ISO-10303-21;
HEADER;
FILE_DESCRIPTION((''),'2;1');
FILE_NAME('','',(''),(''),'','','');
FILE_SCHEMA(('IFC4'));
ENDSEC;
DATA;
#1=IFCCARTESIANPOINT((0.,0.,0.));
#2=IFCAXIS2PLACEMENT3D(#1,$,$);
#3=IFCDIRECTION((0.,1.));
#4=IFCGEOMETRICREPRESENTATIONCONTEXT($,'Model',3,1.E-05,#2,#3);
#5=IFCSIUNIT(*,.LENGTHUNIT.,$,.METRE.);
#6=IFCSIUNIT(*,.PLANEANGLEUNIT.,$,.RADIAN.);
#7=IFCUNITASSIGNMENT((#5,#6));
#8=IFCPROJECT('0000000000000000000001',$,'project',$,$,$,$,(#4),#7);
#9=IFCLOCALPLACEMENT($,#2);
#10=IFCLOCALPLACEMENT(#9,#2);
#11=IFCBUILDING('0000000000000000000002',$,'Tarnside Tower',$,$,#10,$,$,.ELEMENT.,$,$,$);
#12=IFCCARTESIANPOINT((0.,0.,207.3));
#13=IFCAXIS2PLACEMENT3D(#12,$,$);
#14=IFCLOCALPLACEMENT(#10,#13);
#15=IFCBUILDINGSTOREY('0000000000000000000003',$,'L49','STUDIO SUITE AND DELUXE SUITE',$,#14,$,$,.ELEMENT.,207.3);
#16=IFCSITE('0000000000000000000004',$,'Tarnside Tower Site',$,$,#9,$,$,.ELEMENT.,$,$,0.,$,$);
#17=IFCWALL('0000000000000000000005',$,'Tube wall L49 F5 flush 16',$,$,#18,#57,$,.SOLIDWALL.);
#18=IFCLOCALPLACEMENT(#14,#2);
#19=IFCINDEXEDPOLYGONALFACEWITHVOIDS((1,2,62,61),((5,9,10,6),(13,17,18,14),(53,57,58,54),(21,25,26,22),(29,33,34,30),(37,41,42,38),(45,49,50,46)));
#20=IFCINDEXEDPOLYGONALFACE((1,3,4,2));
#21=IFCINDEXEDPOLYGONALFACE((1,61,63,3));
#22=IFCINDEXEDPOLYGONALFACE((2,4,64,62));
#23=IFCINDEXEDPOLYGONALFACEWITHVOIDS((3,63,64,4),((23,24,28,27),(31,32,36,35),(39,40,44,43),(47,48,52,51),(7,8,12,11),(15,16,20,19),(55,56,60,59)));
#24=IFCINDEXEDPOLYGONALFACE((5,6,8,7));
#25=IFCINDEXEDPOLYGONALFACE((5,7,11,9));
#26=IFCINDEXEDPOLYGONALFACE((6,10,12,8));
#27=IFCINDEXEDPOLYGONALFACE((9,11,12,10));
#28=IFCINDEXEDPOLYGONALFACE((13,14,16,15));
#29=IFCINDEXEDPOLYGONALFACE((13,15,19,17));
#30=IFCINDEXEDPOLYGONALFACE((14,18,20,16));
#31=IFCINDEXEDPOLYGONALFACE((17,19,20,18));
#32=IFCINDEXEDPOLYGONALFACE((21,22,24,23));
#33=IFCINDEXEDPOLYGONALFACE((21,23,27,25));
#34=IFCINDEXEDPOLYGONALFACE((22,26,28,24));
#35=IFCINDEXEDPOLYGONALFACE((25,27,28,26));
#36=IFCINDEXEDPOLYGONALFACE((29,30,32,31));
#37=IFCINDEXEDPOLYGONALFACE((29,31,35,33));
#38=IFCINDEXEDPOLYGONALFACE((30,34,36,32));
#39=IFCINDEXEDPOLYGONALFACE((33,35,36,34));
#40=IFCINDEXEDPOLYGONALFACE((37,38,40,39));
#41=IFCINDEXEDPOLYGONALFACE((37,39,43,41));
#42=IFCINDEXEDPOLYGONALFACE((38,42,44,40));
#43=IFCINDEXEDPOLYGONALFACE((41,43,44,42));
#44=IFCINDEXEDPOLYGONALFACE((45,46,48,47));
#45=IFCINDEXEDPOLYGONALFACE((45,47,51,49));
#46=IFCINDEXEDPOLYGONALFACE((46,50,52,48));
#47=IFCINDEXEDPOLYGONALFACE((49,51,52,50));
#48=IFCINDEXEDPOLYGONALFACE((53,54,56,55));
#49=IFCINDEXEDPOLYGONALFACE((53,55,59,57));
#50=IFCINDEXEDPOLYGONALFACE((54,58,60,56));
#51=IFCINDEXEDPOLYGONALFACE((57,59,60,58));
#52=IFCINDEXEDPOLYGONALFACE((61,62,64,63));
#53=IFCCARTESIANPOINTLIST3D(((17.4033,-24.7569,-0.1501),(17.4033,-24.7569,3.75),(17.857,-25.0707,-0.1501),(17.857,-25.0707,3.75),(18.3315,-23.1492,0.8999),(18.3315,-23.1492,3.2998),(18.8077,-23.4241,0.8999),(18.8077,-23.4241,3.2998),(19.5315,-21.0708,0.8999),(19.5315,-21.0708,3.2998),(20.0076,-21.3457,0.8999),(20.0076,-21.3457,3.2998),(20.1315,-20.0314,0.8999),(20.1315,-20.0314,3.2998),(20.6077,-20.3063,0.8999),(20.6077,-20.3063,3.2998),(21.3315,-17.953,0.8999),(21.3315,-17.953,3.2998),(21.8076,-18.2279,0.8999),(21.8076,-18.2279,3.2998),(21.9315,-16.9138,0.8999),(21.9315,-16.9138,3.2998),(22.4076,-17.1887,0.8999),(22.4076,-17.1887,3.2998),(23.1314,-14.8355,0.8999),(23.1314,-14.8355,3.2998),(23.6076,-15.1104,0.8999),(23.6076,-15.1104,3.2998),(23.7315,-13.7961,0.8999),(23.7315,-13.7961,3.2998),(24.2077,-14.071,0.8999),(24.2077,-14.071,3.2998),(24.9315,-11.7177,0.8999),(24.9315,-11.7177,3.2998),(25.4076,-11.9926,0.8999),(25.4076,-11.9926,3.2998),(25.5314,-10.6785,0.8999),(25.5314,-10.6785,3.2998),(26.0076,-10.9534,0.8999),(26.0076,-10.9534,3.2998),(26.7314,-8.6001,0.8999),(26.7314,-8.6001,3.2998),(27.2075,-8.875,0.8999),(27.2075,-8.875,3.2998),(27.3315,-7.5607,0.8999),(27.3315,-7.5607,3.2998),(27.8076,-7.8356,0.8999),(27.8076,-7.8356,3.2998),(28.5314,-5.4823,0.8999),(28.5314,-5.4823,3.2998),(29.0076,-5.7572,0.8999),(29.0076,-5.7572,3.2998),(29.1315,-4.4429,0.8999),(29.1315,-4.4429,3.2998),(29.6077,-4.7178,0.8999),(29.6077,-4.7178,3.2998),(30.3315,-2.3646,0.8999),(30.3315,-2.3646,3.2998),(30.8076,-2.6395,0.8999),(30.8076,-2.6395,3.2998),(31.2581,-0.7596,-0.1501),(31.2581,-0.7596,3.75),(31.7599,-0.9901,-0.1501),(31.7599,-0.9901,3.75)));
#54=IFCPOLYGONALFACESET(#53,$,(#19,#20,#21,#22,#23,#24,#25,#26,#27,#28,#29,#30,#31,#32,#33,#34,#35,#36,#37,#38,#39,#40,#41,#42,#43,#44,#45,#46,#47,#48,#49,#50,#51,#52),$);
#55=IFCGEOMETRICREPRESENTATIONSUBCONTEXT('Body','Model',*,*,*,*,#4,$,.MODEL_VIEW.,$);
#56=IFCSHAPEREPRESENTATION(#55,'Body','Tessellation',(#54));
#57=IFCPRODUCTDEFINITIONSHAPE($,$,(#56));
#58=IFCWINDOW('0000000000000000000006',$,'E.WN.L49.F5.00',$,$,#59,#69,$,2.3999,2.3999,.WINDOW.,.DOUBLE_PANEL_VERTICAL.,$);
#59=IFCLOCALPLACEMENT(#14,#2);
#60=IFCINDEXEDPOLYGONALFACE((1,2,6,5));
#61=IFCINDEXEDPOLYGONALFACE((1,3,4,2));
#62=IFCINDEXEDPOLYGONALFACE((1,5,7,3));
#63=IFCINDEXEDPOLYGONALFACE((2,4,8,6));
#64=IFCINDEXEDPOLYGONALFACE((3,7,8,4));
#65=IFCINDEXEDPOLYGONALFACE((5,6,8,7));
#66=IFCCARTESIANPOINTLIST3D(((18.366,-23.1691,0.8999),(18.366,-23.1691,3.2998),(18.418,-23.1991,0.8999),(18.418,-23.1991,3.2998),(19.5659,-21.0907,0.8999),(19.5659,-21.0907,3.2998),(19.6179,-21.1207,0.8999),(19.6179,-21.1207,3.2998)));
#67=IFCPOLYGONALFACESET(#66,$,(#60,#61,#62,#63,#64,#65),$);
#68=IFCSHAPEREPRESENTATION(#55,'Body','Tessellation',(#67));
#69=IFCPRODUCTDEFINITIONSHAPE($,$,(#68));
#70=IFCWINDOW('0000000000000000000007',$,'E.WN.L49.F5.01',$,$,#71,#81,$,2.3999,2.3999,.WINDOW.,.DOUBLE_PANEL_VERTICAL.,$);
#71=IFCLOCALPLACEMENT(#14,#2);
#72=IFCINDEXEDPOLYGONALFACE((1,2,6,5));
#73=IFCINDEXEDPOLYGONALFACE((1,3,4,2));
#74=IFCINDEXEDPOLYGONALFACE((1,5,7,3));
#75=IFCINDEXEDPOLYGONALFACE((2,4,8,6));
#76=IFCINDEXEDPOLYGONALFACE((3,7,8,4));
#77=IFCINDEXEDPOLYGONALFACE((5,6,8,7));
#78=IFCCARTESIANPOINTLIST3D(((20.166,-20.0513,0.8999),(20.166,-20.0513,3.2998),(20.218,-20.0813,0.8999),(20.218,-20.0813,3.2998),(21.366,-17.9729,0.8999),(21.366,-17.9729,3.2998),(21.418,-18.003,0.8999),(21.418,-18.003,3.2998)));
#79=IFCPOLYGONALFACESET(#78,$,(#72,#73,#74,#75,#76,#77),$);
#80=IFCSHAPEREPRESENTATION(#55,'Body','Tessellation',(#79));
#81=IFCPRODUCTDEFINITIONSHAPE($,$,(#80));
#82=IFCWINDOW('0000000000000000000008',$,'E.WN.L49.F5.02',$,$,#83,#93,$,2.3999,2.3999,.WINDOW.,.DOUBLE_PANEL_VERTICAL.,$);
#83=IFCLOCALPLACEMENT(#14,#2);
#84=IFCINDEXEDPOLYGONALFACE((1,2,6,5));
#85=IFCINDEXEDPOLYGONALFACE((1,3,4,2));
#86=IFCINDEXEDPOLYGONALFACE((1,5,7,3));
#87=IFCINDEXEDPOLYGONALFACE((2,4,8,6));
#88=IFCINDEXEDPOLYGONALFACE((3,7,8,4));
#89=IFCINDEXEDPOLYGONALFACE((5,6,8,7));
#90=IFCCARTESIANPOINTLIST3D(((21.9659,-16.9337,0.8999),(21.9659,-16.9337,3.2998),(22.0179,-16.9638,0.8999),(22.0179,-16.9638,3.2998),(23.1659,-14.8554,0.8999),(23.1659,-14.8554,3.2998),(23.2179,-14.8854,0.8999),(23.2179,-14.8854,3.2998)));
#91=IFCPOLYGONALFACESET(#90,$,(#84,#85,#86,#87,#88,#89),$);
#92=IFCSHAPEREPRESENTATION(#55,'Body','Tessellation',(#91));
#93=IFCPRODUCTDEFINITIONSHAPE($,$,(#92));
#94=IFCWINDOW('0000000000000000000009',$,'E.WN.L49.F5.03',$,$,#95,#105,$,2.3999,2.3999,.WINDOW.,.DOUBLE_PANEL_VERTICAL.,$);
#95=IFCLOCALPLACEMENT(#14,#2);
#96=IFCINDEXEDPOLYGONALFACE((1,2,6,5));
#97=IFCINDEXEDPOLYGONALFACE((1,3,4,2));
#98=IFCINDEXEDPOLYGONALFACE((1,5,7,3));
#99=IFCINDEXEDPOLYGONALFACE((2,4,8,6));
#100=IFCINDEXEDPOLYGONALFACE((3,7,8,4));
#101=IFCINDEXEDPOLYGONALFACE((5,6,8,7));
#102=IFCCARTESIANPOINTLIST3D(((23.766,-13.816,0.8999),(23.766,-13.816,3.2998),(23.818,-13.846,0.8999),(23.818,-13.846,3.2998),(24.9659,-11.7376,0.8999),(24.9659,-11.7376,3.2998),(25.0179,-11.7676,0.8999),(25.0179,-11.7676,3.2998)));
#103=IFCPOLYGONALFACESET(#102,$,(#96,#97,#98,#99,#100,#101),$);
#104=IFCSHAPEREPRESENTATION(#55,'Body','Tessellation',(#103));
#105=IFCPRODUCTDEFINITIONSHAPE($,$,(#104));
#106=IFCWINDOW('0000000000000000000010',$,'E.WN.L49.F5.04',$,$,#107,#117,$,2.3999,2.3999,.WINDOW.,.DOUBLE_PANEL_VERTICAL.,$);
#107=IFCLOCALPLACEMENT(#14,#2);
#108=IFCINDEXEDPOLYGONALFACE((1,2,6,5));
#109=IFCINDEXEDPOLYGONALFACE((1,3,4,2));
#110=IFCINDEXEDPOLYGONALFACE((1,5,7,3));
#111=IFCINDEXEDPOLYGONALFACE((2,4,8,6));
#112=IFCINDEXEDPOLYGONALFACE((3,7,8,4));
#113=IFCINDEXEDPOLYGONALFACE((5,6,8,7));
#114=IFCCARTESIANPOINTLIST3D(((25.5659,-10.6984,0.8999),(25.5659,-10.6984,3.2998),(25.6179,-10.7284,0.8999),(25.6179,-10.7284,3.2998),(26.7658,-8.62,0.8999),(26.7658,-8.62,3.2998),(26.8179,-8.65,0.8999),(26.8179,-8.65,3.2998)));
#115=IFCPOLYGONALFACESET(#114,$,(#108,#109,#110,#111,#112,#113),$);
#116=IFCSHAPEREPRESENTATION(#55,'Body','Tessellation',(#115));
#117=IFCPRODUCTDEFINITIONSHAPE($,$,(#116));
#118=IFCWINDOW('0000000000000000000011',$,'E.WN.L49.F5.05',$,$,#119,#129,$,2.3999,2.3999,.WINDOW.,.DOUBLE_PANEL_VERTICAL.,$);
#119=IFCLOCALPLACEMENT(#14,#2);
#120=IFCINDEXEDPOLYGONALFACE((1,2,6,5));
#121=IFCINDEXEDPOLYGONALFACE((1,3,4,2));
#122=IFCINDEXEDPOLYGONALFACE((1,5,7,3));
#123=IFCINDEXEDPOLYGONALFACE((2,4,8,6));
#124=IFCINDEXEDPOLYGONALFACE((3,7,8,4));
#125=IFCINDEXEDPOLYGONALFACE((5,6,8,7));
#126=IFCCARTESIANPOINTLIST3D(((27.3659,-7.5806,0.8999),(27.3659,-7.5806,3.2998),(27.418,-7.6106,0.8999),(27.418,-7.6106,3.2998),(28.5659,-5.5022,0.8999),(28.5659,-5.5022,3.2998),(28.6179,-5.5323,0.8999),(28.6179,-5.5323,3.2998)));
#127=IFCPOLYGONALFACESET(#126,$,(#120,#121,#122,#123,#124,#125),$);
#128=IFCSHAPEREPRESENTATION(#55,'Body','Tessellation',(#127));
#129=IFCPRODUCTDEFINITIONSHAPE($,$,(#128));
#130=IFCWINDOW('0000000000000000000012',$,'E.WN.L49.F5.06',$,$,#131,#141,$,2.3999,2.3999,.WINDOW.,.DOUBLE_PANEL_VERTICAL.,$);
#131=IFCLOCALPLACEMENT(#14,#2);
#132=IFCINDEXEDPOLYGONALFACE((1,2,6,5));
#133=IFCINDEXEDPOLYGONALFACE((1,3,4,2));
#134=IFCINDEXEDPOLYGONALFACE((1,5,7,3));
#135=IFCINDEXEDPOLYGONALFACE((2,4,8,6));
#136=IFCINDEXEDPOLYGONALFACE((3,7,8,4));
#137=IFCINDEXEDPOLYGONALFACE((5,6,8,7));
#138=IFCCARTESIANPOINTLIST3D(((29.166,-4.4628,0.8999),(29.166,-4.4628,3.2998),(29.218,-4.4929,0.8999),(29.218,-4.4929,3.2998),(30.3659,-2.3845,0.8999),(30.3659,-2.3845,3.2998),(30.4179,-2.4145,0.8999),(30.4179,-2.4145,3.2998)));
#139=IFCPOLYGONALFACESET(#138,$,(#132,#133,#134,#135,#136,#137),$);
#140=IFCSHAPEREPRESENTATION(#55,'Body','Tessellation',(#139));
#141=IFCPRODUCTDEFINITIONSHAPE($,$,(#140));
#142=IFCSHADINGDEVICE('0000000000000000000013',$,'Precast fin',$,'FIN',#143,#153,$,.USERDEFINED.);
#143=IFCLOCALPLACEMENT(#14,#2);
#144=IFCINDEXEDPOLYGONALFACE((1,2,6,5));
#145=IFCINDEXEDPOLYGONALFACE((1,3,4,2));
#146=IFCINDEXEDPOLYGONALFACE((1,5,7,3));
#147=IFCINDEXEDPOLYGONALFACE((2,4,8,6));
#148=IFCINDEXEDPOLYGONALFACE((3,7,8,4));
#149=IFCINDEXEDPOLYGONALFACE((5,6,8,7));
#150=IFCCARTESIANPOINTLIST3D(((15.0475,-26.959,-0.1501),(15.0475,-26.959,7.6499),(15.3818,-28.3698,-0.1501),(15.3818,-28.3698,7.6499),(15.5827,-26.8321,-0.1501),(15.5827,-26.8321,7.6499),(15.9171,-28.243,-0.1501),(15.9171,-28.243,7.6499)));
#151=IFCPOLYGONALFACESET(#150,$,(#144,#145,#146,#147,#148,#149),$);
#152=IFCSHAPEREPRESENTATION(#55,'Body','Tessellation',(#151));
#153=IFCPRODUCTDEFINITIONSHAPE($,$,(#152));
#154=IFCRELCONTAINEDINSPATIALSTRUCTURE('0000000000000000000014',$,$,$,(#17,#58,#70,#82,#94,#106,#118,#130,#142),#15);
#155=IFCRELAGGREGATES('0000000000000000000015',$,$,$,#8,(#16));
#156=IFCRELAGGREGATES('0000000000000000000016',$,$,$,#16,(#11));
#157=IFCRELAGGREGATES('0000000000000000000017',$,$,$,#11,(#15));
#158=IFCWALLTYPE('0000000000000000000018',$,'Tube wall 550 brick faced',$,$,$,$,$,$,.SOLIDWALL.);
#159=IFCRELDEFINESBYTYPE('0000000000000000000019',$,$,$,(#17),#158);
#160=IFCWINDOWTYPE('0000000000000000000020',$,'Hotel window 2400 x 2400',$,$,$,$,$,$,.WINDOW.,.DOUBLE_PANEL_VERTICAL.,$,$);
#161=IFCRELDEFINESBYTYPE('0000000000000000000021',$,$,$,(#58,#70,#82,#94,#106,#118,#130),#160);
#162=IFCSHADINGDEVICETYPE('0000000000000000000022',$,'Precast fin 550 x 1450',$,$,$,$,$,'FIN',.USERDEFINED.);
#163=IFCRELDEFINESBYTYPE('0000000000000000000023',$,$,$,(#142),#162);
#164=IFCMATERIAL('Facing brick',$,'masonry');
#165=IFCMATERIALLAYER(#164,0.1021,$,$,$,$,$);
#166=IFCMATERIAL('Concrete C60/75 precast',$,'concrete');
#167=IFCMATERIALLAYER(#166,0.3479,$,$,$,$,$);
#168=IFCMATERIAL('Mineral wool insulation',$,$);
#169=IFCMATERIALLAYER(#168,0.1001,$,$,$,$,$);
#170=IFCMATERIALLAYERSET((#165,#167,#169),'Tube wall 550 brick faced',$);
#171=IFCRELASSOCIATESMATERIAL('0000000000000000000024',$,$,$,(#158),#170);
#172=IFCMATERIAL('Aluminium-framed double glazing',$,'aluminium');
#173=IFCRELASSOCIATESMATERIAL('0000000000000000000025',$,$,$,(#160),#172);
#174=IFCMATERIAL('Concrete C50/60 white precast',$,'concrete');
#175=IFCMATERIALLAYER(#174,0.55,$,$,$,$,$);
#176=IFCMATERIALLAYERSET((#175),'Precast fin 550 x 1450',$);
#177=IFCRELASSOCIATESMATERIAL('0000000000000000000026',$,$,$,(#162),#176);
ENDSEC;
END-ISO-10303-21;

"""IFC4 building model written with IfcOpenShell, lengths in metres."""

from ifc_helpers import new_model, si_unit, direction, frame, frame_2d, origin, place, context, subcontext, project, spatial, polyline, rectangle, outline, extrude, material, layer, layer_set, type_object, element, fill, save


model = new_model("IFC4")

# Units and contexts
model_context = context("Model", 3, precision=1e-05, world=origin(), true_north=direction((0.0, 1.0)))
body_context = subcontext(model_context, "Body", "Model", "MODEL_VIEW")
ifc_project = project(units=[si_unit("LENGTHUNIT", "METRE"), si_unit("PLANEANGLEUNIT", "RADIAN")], contexts=[model_context])

# Site, building, storey
site_placement = place(None, origin())
site = spatial("IfcSite", under=ifc_project, at=site_placement, Name="Tarnside Tower Site", CompositionType="ELEMENT", RefElevation=0.0)
building_placement = place(site_placement, origin())
building = spatial("IfcBuilding", under=site, at=building_placement, Name="Tarnside Tower", CompositionType="ELEMENT")
storey_placement = place(building_placement, frame((0.0, 0.0, 207.3)))
storey = spatial("IfcBuildingStorey", under=building, at=storey_placement, Name="L49", Description="STUDIO SUITE AND DELUXE SUITE", CompositionType="ELEMENT", Elevation=207.3)

# Shared definitions
ifc_material_1 = material(Name="Facing brick", Category="masonry")
ifc_layer_1 = layer(ifc_material_1, 0.1021)
ifc_material_2 = material(Name="Concrete C60/75 precast", Category="concrete")
ifc_layer_2 = layer(ifc_material_2, 0.3479)
ifc_material_3 = material(Name="Mineral wool insulation")
ifc_layer_3 = layer(ifc_material_3, 0.1001)
ifc_layer_set_1 = layer_set([ifc_layer_1, ifc_layer_2, ifc_layer_3], Name="Tube wall 550 brick faced")
wall_type_1 = type_object("IfcWallType", Name="Tube wall 550 brick faced", PredefinedType="SOLIDWALL", material=ifc_layer_set_1)

# Wall, openings, windows
wall_1_placement = place(storey_placement, frame((17.6301, -24.9138, -0.1501), z_axis=(0.0, 0.0, 1.0), x_axis=(0.499999, 0.866026, 0.0)))
wall_1 = element("IfcWall", 1, at=wall_1_placement, inside=storey, type_object=wall_type_1, Name="Tube wall L49 F5 flush 16", PredefinedType="SOLIDWALL", context=body_context, shape_type="SweptSolid", body=[
    extrude(outline(polyline([(-0.0225, -0.2749), (27.7834, -0.2749), (27.7322, 0.2749), (0.0225, 0.2749), (-0.0225, -0.2749)])), origin(), (0.0, 0.0, 1.0), 3.9001),
])
opening_1_placement = place(wall_1_placement, frame((1.8789, 0.0, 1.05)))
opening_1 = element("IfcOpeningElement", 2, at=opening_1_placement, cuts=wall_1, PredefinedType="OPENING", context=body_context, shape_type="SweptSolid", body=[
    extrude(rectangle(XDim=2.3999, YDim=2.3999, at=frame_2d((1.2, 1.2))), frame((0.0, 0.2852, 0.0), z_axis=(0.0, -1.0, 0.0), x_axis=(1.0, 0.0, 0.0)), (0.0, 0.0, 1.0), 0.5701),
])
opening_2_placement = place(wall_1_placement, frame((5.479, 0.0, 1.05)))
opening_2 = element("IfcOpeningElement", 3, at=opening_2_placement, cuts=wall_1, PredefinedType="OPENING", context=body_context, shape_type="SweptSolid", body=[
    extrude(rectangle(XDim=2.3999, YDim=2.3999, at=frame_2d((1.2, 1.2))), frame((0.0, 0.2852, 0.0), z_axis=(0.0, -1.0, 0.0), x_axis=(1.0, 0.0, 0.0)), (0.0, 0.0, 1.0), 0.5701),
])
opening_3_placement = place(wall_1_placement, frame((9.0789, 0.0, 1.05)))
opening_3 = element("IfcOpeningElement", 4, at=opening_3_placement, cuts=wall_1, PredefinedType="OPENING", context=body_context, shape_type="SweptSolid", body=[
    extrude(rectangle(XDim=2.3999, YDim=2.3999, at=frame_2d((1.2, 1.2))), frame((0.0, 0.2852, 0.0), z_axis=(0.0, -1.0, 0.0), x_axis=(1.0, 0.0, 0.0)), (0.0, 0.0, 1.0), 0.5701),
])
opening_4_placement = place(wall_1_placement, frame((12.679, 0.0, 1.05)))
opening_4 = element("IfcOpeningElement", 5, at=opening_4_placement, cuts=wall_1, PredefinedType="OPENING", context=body_context, shape_type="SweptSolid", body=[
    extrude(rectangle(XDim=2.3999, YDim=2.3999, at=frame_2d((1.2, 1.2))), frame((0.0, 0.2852, 0.0), z_axis=(0.0, -1.0, 0.0), x_axis=(1.0, 0.0, 0.0)), (0.0, 0.0, 1.0), 0.5701),
])
opening_5_placement = place(wall_1_placement, frame((16.2788, 0.0, 1.05)))
opening_5 = element("IfcOpeningElement", 6, at=opening_5_placement, cuts=wall_1, PredefinedType="OPENING", context=body_context, shape_type="SweptSolid", body=[
    extrude(rectangle(XDim=2.3999, YDim=2.3999, at=frame_2d((1.2, 1.2))), frame((0.0, 0.2852, 0.0), z_axis=(0.0, -1.0, 0.0), x_axis=(1.0, 0.0, 0.0)), (0.0, 0.0, 1.0), 0.5701),
])
opening_6_placement = place(wall_1_placement, frame((19.8789, 0.0, 1.05)))
opening_6 = element("IfcOpeningElement", 7, at=opening_6_placement, cuts=wall_1, PredefinedType="OPENING", context=body_context, shape_type="SweptSolid", body=[
    extrude(rectangle(XDim=2.3999, YDim=2.3999, at=frame_2d((1.2, 1.2))), frame((0.0, 0.2852, 0.0), z_axis=(0.0, -1.0, 0.0), x_axis=(1.0, 0.0, 0.0)), (0.0, 0.0, 1.0), 0.5701),
])
opening_7_placement = place(wall_1_placement, frame((23.479, 0.0, 1.05)))
opening_7 = element("IfcOpeningElement", 8, at=opening_7_placement, cuts=wall_1, PredefinedType="OPENING", context=body_context, shape_type="SweptSolid", body=[
    extrude(rectangle(XDim=2.3999, YDim=2.3999, at=frame_2d((1.2, 1.2))), frame((0.0, 0.2852, 0.0), z_axis=(0.0, -1.0, 0.0), x_axis=(1.0, 0.0, 0.0)), (0.0, 0.0, 1.0), 0.5701),
])
ifc_material_4 = material(Name="Aluminium-framed double glazing", Category="aluminium")
window_type = type_object("IfcWindowType", Name="Hotel window 2400 x 2400", PartitioningType="DOUBLE_PANEL_VERTICAL", PredefinedType="WINDOW", material=ifc_material_4)
window_1_placement = place(opening_1_placement, frame((0.0, 0.2051, 0.0)))
window_1 = element("IfcWindow", 9, at=window_1_placement, inside=storey, type_object=window_type, Name="E.WN.L49.F5.00", OverallHeight=2.3999, OverallWidth=2.3999, PartitioningType="DOUBLE_PANEL_VERTICAL", PredefinedType="WINDOW", context=body_context, shape_type="SweptSolid", body=[
    extrude(rectangle(XDim=2.3999, YDim=2.3999, at=frame_2d((1.2, 1.2))), frame((0.0, 0.03, 0.0), z_axis=(0.0, -1.0, 0.0), x_axis=(1.0, 0.0, 0.0)), (0.0, 0.0, 1.0), 0.0601),
])
fill(opening_1, window_1)
window_2_placement = place(opening_2_placement, frame((0.0, 0.2051, 0.0)))
window_2 = element("IfcWindow", 10, at=window_2_placement, inside=storey, type_object=window_type, Name="E.WN.L49.F5.01", OverallHeight=2.3999, OverallWidth=2.3999, PartitioningType="DOUBLE_PANEL_VERTICAL", PredefinedType="WINDOW", context=body_context, shape_type="SweptSolid", body=[
    extrude(rectangle(XDim=2.3999, YDim=2.3999, at=frame_2d((1.2, 1.2))), frame((0.0, 0.03, 0.0), z_axis=(0.0, -1.0, 0.0), x_axis=(1.0, 0.0, 0.0)), (0.0, 0.0, 1.0), 0.0601),
])
fill(opening_2, window_2)
window_3_placement = place(opening_3_placement, frame((0.0, 0.2051, 0.0)))
window_3 = element("IfcWindow", 11, at=window_3_placement, inside=storey, type_object=window_type, Name="E.WN.L49.F5.02", OverallHeight=2.3999, OverallWidth=2.3999, PartitioningType="DOUBLE_PANEL_VERTICAL", PredefinedType="WINDOW", context=body_context, shape_type="SweptSolid", body=[
    extrude(rectangle(XDim=2.3999, YDim=2.3999, at=frame_2d((1.2, 1.2))), frame((0.0, 0.03, 0.0), z_axis=(0.0, -1.0, 0.0), x_axis=(1.0, 0.0, 0.0)), (0.0, 0.0, 1.0), 0.0601),
])
fill(opening_3, window_3)
window_4_placement = place(opening_4_placement, frame((0.0, 0.2051, 0.0)))
window_4 = element("IfcWindow", 12, at=window_4_placement, inside=storey, type_object=window_type, Name="E.WN.L49.F5.03", OverallHeight=2.3999, OverallWidth=2.3999, PartitioningType="DOUBLE_PANEL_VERTICAL", PredefinedType="WINDOW", context=body_context, shape_type="SweptSolid", body=[
    extrude(rectangle(XDim=2.3999, YDim=2.3999, at=frame_2d((1.2, 1.2))), frame((0.0, 0.03, 0.0), z_axis=(0.0, -1.0, 0.0), x_axis=(1.0, 0.0, 0.0)), (0.0, 0.0, 1.0), 0.0601),
])
fill(opening_4, window_4)
window_5_placement = place(opening_5_placement, frame((0.0, 0.2051, 0.0)))
window_5 = element("IfcWindow", 13, at=window_5_placement, inside=storey, type_object=window_type, Name="E.WN.L49.F5.04", OverallHeight=2.3999, OverallWidth=2.3999, PartitioningType="DOUBLE_PANEL_VERTICAL", PredefinedType="WINDOW", context=body_context, shape_type="SweptSolid", body=[
    extrude(rectangle(XDim=2.3999, YDim=2.3999, at=frame_2d((1.2, 1.2))), frame((0.0, 0.03, 0.0), z_axis=(0.0, -1.0, 0.0), x_axis=(1.0, 0.0, 0.0)), (0.0, 0.0, 1.0), 0.0601),
])
fill(opening_5, window_5)
window_6_placement = place(opening_6_placement, frame((0.0, 0.2051, 0.0)))
window_6 = element("IfcWindow", 14, at=window_6_placement, inside=storey, type_object=window_type, Name="E.WN.L49.F5.05", OverallHeight=2.3999, OverallWidth=2.3999, PartitioningType="DOUBLE_PANEL_VERTICAL", PredefinedType="WINDOW", context=body_context, shape_type="SweptSolid", body=[
    extrude(rectangle(XDim=2.3999, YDim=2.3999, at=frame_2d((1.2, 1.2))), frame((0.0, 0.03, 0.0), z_axis=(0.0, -1.0, 0.0), x_axis=(1.0, 0.0, 0.0)), (0.0, 0.0, 1.0), 0.0601),
])
fill(opening_6, window_6)
window_7_placement = place(opening_7_placement, frame((0.0, 0.2051, 0.0)))
window_7 = element("IfcWindow", 15, at=window_7_placement, inside=storey, type_object=window_type, Name="E.WN.L49.F5.06", OverallHeight=2.3999, OverallWidth=2.3999, PartitioningType="DOUBLE_PANEL_VERTICAL", PredefinedType="WINDOW", context=body_context, shape_type="SweptSolid", body=[
    extrude(rectangle(XDim=2.3999, YDim=2.3999, at=frame_2d((1.2, 1.2))), frame((0.0, 0.03, 0.0), z_axis=(0.0, -1.0, 0.0), x_axis=(1.0, 0.0, 0.0)), (0.0, 0.0, 1.0), 0.0601),
])
fill(opening_7, window_7)

# Shading device
ifc_material_5 = material(Name="Concrete C50/60 white precast", Category="concrete")
ifc_layer_4 = layer(ifc_material_5, 0.55)
ifc_layer_set_2 = layer_set([ifc_layer_4], Name="Precast fin 550 x 1450")
shading_device_type_1 = type_object("IfcShadingDeviceType", Name="Precast fin 550 x 1450", ElementType="FIN", PredefinedType="USERDEFINED", material=ifc_layer_set_2)
for number, where, z_axis, x_axis, name in (
    (16, (15.3152, -26.8955, -0.1501), (-0.973045, -0.230616, 0.0), (0.230616, -0.973045, 0.0), "Precast fin"),
):
    element("IfcShadingDevice", number, at=place(storey_placement, frame(where, z_axis=z_axis, x_axis=x_axis)), inside=storey, type_object=shading_device_type_1, Name=name, ObjectType="FIN", PredefinedType="USERDEFINED", context=body_context, shape_type="SweptSolid", body=[
        extrude(outline(polyline([(0.0, 0.0), (1.45, 0.0), (1.45, 7.8), (0.0, 7.8), (0.0, 0.0)])), frame((0.0, 0.0, -0.2749)), (0.0, 0.0, 1.0), 0.55),
    ])

save(model, "model.ifc")
